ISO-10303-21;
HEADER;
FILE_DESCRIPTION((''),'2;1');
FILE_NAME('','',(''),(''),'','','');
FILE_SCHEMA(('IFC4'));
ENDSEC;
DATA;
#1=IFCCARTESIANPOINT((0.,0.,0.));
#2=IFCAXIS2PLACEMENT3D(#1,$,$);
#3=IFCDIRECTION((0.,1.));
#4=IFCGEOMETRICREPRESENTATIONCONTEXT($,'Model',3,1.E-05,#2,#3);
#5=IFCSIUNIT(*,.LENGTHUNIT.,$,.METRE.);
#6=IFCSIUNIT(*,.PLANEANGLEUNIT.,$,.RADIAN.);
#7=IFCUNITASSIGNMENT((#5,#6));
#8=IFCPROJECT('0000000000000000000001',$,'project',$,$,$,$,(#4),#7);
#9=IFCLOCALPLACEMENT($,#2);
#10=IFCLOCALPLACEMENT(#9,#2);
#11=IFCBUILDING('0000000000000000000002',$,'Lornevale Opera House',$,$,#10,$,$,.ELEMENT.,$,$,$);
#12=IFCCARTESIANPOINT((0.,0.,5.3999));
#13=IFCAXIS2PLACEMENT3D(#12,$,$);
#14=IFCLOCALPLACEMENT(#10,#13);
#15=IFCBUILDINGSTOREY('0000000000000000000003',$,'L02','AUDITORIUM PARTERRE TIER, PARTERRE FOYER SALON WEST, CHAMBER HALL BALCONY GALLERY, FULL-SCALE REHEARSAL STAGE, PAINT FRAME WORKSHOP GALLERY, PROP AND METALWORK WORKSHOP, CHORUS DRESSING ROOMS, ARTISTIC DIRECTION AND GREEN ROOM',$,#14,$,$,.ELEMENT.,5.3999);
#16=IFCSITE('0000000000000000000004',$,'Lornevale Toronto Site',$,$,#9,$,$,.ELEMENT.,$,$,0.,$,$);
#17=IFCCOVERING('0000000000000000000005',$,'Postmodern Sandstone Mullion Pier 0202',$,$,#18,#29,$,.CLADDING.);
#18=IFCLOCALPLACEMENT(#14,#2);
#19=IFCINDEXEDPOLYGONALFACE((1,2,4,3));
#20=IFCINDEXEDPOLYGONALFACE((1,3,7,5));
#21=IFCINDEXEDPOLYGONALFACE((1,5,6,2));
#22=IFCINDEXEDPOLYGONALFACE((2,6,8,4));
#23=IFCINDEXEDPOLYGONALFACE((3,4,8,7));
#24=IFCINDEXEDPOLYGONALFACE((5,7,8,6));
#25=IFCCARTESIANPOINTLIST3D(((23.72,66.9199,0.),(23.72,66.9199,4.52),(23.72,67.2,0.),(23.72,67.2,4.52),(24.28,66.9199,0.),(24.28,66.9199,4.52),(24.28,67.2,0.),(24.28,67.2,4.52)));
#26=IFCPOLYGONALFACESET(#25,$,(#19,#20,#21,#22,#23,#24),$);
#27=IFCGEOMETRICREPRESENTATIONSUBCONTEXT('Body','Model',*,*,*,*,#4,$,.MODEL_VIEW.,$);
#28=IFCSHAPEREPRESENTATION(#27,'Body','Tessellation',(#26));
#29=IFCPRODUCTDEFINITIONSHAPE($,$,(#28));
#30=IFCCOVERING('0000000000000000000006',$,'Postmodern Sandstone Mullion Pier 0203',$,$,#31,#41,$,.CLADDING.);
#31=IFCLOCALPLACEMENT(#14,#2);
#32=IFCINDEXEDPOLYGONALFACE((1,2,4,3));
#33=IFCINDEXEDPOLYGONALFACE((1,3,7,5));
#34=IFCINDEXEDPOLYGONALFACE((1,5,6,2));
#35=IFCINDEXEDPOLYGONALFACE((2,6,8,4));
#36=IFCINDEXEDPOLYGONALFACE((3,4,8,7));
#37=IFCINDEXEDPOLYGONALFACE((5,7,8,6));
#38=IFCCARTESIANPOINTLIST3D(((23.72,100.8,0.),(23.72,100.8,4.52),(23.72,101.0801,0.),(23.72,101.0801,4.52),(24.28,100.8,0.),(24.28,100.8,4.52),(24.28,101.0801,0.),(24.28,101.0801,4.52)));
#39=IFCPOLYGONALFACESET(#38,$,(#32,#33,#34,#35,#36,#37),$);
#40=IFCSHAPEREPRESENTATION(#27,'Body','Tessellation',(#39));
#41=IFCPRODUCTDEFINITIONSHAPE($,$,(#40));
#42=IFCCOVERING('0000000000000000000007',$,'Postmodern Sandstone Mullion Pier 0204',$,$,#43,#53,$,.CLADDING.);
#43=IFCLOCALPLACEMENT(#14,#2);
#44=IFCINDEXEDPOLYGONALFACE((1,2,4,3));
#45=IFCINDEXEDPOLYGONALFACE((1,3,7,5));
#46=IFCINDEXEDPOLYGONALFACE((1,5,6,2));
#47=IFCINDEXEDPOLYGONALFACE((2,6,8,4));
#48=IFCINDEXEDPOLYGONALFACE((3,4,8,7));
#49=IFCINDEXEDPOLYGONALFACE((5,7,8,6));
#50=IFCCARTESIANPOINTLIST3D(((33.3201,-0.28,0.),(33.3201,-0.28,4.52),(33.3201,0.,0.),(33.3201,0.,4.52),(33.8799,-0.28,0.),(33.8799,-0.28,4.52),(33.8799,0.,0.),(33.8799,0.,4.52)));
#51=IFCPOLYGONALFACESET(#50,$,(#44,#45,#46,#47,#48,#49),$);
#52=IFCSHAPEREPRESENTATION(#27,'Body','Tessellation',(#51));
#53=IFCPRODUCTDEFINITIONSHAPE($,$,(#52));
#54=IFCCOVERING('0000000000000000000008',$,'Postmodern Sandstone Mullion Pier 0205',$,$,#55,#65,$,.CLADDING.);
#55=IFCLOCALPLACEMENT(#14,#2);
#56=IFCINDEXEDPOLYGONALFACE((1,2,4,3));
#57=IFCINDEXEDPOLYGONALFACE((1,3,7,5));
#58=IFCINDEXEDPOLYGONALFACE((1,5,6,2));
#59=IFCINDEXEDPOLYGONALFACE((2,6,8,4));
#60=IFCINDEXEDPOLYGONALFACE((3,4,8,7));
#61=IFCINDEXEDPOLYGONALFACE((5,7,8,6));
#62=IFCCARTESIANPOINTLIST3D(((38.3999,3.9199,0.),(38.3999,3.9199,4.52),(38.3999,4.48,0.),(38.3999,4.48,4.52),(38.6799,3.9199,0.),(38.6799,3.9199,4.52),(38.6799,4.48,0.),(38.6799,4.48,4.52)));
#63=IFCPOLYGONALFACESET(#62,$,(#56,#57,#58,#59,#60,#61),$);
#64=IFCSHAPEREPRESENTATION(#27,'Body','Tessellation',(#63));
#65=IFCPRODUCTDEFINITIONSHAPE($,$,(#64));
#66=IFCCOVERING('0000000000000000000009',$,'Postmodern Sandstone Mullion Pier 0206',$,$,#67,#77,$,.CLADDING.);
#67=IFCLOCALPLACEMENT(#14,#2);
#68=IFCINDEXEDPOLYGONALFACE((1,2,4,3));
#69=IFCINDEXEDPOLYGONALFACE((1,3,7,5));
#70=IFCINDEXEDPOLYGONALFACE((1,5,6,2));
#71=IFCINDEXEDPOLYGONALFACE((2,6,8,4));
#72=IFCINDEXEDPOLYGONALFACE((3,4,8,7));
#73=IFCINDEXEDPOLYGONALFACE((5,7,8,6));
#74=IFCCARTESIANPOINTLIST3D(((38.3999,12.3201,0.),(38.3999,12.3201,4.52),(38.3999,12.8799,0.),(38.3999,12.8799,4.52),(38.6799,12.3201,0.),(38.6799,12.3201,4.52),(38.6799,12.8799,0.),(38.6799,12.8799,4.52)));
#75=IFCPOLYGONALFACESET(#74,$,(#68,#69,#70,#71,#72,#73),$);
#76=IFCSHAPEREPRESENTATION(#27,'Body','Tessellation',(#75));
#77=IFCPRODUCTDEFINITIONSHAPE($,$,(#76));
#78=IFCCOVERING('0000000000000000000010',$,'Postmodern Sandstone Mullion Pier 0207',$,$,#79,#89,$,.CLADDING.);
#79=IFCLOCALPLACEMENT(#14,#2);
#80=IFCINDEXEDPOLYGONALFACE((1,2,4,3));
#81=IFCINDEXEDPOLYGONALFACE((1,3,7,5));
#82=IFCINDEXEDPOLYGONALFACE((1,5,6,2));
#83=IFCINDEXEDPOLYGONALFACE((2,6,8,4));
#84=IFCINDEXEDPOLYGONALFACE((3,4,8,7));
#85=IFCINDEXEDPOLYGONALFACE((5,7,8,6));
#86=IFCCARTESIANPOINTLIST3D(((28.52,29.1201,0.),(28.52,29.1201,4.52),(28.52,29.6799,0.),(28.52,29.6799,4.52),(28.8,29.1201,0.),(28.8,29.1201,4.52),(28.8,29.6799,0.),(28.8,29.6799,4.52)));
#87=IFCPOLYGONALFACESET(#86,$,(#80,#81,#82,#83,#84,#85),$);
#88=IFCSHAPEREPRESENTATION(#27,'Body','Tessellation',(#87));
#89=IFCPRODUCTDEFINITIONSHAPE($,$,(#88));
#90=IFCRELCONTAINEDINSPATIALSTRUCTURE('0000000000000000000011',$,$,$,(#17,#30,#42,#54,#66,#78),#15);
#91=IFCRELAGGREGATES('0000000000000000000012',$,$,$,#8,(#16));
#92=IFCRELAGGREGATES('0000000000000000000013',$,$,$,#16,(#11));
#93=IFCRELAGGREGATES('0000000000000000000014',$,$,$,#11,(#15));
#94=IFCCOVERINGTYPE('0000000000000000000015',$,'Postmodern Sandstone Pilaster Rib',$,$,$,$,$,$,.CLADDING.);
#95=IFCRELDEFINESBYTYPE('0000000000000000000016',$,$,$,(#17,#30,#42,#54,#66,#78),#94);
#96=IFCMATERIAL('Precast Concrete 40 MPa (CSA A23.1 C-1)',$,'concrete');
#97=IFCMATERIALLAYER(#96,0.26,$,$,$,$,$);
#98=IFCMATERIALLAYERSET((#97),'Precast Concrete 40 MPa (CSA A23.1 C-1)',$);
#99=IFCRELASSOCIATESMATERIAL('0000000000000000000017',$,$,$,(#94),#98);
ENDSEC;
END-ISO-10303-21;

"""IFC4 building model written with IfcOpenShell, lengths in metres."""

from ifc_helpers import new_model, si_unit, direction, frame, origin, place, context, subcontext, project, spatial, polyline, outline, extrude, material, layer, layer_set, type_object, element, save


model = new_model("IFC4")

# Units and contexts
model_context = context("Model", 3, precision=1e-05, world=origin(), true_north=direction((0.0, 1.0)))
body_context = subcontext(model_context, "Body", "Model", "MODEL_VIEW")
ifc_project = project(units=[si_unit("LENGTHUNIT", "METRE"), si_unit("PLANEANGLEUNIT", "RADIAN")], contexts=[model_context])

# Site, building, storey
site_placement = place(None, origin())
site = spatial("IfcSite", under=ifc_project, at=site_placement, Name="Lornevale Toronto Site", CompositionType="ELEMENT", RefElevation=0.0)
building_placement = place(site_placement, origin())
building = spatial("IfcBuilding", under=site, at=building_placement, Name="Lornevale Opera House", CompositionType="ELEMENT")
storey_placement = place(building_placement, frame((0.0, 0.0, 5.3999)))
storey = spatial("IfcBuildingStorey", under=building, at=storey_placement, Name="L02", Description="AUDITORIUM PARTERRE TIER, PARTERRE FOYER SALON WEST, CHAMBER HALL BALCONY GALLERY, FULL-SCALE REHEARSAL STAGE, PAINT FRAME WORKSHOP GALLERY, PROP AND METALWORK WORKSHOP, CHORUS DRESSING ROOMS, ARTISTIC DIRECTION AND GREEN ROOM", CompositionType="ELEMENT", Elevation=5.3999)

# Coverings
ifc_material = material(Name="Precast Concrete 40 MPa (CSA A23.1 C-1)", Category="concrete")
ifc_layer = layer(ifc_material, 0.26)
ifc_layer_set = layer_set([ifc_layer], Name="Precast Concrete 40 MPa (CSA A23.1 C-1)")
covering_type = type_object("IfcCoveringType", Name="Postmodern Sandstone Pilaster Rib", PredefinedType="CLADDING", material=ifc_layer_set)
covering_1_placement = place(storey_placement, origin())
element("IfcCovering", 1, at=covering_1_placement, inside=storey, type_object=covering_type, Name="Postmodern Sandstone Mullion Pier 0202", PredefinedType="CLADDING", context=body_context, shape_type="SweptSolid", body=[
    extrude(outline(polyline([(24.28, 67.2), (23.72, 67.2), (23.72, 66.9199), (24.28, 66.9199), (24.28, 67.2)])), origin(), (0.0, 0.0, 1.0), 4.52),
])
covering_2_placement = place(storey_placement, origin())
element("IfcCovering", 2, at=covering_2_placement, inside=storey, type_object=covering_type, Name="Postmodern Sandstone Mullion Pier 0203", PredefinedType="CLADDING", context=body_context, shape_type="SweptSolid", body=[
    extrude(outline(polyline([(23.72, 100.8), (24.28, 100.8), (24.28, 101.0801), (23.72, 101.0801), (23.72, 100.8)])), origin(), (0.0, 0.0, 1.0), 4.52),
])
covering_3_placement = place(storey_placement, origin())
element("IfcCovering", 3, at=covering_3_placement, inside=storey, type_object=covering_type, Name="Postmodern Sandstone Mullion Pier 0204", PredefinedType="CLADDING", context=body_context, shape_type="SweptSolid", body=[
    extrude(outline(polyline([(33.8799, 0.0), (33.3201, 0.0), (33.3201, -0.28), (33.8799, -0.28), (33.8799, 0.0)])), origin(), (0.0, 0.0, 1.0), 4.52),
])
covering_4_placement = place(storey_placement, origin())
element("IfcCovering", 4, at=covering_4_placement, inside=storey, type_object=covering_type, Name="Postmodern Sandstone Mullion Pier 0205", PredefinedType="CLADDING", context=body_context, shape_type="SweptSolid", body=[
    extrude(outline(polyline([(38.3999, 4.48), (38.3999, 3.9199), (38.6799, 3.9199), (38.6799, 4.48), (38.3999, 4.48)])), origin(), (0.0, 0.0, 1.0), 4.52),
])
covering_5_placement = place(storey_placement, origin())
element("IfcCovering", 5, at=covering_5_placement, inside=storey, type_object=covering_type, Name="Postmodern Sandstone Mullion Pier 0206", PredefinedType="CLADDING", context=body_context, shape_type="SweptSolid", body=[
    extrude(outline(polyline([(38.3999, 12.8799), (38.3999, 12.3201), (38.6799, 12.3201), (38.6799, 12.8799), (38.3999, 12.8799)])), origin(), (0.0, 0.0, 1.0), 4.52),
])
covering_6_placement = place(storey_placement, origin())
element("IfcCovering", 6, at=covering_6_placement, inside=storey, type_object=covering_type, Name="Postmodern Sandstone Mullion Pier 0207", PredefinedType="CLADDING", context=body_context, shape_type="SweptSolid", body=[
    extrude(outline(polyline([(28.8, 29.1201), (28.8, 29.6799), (28.52, 29.6799), (28.52, 29.1201), (28.8, 29.1201)])), origin(), (0.0, 0.0, 1.0), 4.52),
])

save(model, "model.ifc")
